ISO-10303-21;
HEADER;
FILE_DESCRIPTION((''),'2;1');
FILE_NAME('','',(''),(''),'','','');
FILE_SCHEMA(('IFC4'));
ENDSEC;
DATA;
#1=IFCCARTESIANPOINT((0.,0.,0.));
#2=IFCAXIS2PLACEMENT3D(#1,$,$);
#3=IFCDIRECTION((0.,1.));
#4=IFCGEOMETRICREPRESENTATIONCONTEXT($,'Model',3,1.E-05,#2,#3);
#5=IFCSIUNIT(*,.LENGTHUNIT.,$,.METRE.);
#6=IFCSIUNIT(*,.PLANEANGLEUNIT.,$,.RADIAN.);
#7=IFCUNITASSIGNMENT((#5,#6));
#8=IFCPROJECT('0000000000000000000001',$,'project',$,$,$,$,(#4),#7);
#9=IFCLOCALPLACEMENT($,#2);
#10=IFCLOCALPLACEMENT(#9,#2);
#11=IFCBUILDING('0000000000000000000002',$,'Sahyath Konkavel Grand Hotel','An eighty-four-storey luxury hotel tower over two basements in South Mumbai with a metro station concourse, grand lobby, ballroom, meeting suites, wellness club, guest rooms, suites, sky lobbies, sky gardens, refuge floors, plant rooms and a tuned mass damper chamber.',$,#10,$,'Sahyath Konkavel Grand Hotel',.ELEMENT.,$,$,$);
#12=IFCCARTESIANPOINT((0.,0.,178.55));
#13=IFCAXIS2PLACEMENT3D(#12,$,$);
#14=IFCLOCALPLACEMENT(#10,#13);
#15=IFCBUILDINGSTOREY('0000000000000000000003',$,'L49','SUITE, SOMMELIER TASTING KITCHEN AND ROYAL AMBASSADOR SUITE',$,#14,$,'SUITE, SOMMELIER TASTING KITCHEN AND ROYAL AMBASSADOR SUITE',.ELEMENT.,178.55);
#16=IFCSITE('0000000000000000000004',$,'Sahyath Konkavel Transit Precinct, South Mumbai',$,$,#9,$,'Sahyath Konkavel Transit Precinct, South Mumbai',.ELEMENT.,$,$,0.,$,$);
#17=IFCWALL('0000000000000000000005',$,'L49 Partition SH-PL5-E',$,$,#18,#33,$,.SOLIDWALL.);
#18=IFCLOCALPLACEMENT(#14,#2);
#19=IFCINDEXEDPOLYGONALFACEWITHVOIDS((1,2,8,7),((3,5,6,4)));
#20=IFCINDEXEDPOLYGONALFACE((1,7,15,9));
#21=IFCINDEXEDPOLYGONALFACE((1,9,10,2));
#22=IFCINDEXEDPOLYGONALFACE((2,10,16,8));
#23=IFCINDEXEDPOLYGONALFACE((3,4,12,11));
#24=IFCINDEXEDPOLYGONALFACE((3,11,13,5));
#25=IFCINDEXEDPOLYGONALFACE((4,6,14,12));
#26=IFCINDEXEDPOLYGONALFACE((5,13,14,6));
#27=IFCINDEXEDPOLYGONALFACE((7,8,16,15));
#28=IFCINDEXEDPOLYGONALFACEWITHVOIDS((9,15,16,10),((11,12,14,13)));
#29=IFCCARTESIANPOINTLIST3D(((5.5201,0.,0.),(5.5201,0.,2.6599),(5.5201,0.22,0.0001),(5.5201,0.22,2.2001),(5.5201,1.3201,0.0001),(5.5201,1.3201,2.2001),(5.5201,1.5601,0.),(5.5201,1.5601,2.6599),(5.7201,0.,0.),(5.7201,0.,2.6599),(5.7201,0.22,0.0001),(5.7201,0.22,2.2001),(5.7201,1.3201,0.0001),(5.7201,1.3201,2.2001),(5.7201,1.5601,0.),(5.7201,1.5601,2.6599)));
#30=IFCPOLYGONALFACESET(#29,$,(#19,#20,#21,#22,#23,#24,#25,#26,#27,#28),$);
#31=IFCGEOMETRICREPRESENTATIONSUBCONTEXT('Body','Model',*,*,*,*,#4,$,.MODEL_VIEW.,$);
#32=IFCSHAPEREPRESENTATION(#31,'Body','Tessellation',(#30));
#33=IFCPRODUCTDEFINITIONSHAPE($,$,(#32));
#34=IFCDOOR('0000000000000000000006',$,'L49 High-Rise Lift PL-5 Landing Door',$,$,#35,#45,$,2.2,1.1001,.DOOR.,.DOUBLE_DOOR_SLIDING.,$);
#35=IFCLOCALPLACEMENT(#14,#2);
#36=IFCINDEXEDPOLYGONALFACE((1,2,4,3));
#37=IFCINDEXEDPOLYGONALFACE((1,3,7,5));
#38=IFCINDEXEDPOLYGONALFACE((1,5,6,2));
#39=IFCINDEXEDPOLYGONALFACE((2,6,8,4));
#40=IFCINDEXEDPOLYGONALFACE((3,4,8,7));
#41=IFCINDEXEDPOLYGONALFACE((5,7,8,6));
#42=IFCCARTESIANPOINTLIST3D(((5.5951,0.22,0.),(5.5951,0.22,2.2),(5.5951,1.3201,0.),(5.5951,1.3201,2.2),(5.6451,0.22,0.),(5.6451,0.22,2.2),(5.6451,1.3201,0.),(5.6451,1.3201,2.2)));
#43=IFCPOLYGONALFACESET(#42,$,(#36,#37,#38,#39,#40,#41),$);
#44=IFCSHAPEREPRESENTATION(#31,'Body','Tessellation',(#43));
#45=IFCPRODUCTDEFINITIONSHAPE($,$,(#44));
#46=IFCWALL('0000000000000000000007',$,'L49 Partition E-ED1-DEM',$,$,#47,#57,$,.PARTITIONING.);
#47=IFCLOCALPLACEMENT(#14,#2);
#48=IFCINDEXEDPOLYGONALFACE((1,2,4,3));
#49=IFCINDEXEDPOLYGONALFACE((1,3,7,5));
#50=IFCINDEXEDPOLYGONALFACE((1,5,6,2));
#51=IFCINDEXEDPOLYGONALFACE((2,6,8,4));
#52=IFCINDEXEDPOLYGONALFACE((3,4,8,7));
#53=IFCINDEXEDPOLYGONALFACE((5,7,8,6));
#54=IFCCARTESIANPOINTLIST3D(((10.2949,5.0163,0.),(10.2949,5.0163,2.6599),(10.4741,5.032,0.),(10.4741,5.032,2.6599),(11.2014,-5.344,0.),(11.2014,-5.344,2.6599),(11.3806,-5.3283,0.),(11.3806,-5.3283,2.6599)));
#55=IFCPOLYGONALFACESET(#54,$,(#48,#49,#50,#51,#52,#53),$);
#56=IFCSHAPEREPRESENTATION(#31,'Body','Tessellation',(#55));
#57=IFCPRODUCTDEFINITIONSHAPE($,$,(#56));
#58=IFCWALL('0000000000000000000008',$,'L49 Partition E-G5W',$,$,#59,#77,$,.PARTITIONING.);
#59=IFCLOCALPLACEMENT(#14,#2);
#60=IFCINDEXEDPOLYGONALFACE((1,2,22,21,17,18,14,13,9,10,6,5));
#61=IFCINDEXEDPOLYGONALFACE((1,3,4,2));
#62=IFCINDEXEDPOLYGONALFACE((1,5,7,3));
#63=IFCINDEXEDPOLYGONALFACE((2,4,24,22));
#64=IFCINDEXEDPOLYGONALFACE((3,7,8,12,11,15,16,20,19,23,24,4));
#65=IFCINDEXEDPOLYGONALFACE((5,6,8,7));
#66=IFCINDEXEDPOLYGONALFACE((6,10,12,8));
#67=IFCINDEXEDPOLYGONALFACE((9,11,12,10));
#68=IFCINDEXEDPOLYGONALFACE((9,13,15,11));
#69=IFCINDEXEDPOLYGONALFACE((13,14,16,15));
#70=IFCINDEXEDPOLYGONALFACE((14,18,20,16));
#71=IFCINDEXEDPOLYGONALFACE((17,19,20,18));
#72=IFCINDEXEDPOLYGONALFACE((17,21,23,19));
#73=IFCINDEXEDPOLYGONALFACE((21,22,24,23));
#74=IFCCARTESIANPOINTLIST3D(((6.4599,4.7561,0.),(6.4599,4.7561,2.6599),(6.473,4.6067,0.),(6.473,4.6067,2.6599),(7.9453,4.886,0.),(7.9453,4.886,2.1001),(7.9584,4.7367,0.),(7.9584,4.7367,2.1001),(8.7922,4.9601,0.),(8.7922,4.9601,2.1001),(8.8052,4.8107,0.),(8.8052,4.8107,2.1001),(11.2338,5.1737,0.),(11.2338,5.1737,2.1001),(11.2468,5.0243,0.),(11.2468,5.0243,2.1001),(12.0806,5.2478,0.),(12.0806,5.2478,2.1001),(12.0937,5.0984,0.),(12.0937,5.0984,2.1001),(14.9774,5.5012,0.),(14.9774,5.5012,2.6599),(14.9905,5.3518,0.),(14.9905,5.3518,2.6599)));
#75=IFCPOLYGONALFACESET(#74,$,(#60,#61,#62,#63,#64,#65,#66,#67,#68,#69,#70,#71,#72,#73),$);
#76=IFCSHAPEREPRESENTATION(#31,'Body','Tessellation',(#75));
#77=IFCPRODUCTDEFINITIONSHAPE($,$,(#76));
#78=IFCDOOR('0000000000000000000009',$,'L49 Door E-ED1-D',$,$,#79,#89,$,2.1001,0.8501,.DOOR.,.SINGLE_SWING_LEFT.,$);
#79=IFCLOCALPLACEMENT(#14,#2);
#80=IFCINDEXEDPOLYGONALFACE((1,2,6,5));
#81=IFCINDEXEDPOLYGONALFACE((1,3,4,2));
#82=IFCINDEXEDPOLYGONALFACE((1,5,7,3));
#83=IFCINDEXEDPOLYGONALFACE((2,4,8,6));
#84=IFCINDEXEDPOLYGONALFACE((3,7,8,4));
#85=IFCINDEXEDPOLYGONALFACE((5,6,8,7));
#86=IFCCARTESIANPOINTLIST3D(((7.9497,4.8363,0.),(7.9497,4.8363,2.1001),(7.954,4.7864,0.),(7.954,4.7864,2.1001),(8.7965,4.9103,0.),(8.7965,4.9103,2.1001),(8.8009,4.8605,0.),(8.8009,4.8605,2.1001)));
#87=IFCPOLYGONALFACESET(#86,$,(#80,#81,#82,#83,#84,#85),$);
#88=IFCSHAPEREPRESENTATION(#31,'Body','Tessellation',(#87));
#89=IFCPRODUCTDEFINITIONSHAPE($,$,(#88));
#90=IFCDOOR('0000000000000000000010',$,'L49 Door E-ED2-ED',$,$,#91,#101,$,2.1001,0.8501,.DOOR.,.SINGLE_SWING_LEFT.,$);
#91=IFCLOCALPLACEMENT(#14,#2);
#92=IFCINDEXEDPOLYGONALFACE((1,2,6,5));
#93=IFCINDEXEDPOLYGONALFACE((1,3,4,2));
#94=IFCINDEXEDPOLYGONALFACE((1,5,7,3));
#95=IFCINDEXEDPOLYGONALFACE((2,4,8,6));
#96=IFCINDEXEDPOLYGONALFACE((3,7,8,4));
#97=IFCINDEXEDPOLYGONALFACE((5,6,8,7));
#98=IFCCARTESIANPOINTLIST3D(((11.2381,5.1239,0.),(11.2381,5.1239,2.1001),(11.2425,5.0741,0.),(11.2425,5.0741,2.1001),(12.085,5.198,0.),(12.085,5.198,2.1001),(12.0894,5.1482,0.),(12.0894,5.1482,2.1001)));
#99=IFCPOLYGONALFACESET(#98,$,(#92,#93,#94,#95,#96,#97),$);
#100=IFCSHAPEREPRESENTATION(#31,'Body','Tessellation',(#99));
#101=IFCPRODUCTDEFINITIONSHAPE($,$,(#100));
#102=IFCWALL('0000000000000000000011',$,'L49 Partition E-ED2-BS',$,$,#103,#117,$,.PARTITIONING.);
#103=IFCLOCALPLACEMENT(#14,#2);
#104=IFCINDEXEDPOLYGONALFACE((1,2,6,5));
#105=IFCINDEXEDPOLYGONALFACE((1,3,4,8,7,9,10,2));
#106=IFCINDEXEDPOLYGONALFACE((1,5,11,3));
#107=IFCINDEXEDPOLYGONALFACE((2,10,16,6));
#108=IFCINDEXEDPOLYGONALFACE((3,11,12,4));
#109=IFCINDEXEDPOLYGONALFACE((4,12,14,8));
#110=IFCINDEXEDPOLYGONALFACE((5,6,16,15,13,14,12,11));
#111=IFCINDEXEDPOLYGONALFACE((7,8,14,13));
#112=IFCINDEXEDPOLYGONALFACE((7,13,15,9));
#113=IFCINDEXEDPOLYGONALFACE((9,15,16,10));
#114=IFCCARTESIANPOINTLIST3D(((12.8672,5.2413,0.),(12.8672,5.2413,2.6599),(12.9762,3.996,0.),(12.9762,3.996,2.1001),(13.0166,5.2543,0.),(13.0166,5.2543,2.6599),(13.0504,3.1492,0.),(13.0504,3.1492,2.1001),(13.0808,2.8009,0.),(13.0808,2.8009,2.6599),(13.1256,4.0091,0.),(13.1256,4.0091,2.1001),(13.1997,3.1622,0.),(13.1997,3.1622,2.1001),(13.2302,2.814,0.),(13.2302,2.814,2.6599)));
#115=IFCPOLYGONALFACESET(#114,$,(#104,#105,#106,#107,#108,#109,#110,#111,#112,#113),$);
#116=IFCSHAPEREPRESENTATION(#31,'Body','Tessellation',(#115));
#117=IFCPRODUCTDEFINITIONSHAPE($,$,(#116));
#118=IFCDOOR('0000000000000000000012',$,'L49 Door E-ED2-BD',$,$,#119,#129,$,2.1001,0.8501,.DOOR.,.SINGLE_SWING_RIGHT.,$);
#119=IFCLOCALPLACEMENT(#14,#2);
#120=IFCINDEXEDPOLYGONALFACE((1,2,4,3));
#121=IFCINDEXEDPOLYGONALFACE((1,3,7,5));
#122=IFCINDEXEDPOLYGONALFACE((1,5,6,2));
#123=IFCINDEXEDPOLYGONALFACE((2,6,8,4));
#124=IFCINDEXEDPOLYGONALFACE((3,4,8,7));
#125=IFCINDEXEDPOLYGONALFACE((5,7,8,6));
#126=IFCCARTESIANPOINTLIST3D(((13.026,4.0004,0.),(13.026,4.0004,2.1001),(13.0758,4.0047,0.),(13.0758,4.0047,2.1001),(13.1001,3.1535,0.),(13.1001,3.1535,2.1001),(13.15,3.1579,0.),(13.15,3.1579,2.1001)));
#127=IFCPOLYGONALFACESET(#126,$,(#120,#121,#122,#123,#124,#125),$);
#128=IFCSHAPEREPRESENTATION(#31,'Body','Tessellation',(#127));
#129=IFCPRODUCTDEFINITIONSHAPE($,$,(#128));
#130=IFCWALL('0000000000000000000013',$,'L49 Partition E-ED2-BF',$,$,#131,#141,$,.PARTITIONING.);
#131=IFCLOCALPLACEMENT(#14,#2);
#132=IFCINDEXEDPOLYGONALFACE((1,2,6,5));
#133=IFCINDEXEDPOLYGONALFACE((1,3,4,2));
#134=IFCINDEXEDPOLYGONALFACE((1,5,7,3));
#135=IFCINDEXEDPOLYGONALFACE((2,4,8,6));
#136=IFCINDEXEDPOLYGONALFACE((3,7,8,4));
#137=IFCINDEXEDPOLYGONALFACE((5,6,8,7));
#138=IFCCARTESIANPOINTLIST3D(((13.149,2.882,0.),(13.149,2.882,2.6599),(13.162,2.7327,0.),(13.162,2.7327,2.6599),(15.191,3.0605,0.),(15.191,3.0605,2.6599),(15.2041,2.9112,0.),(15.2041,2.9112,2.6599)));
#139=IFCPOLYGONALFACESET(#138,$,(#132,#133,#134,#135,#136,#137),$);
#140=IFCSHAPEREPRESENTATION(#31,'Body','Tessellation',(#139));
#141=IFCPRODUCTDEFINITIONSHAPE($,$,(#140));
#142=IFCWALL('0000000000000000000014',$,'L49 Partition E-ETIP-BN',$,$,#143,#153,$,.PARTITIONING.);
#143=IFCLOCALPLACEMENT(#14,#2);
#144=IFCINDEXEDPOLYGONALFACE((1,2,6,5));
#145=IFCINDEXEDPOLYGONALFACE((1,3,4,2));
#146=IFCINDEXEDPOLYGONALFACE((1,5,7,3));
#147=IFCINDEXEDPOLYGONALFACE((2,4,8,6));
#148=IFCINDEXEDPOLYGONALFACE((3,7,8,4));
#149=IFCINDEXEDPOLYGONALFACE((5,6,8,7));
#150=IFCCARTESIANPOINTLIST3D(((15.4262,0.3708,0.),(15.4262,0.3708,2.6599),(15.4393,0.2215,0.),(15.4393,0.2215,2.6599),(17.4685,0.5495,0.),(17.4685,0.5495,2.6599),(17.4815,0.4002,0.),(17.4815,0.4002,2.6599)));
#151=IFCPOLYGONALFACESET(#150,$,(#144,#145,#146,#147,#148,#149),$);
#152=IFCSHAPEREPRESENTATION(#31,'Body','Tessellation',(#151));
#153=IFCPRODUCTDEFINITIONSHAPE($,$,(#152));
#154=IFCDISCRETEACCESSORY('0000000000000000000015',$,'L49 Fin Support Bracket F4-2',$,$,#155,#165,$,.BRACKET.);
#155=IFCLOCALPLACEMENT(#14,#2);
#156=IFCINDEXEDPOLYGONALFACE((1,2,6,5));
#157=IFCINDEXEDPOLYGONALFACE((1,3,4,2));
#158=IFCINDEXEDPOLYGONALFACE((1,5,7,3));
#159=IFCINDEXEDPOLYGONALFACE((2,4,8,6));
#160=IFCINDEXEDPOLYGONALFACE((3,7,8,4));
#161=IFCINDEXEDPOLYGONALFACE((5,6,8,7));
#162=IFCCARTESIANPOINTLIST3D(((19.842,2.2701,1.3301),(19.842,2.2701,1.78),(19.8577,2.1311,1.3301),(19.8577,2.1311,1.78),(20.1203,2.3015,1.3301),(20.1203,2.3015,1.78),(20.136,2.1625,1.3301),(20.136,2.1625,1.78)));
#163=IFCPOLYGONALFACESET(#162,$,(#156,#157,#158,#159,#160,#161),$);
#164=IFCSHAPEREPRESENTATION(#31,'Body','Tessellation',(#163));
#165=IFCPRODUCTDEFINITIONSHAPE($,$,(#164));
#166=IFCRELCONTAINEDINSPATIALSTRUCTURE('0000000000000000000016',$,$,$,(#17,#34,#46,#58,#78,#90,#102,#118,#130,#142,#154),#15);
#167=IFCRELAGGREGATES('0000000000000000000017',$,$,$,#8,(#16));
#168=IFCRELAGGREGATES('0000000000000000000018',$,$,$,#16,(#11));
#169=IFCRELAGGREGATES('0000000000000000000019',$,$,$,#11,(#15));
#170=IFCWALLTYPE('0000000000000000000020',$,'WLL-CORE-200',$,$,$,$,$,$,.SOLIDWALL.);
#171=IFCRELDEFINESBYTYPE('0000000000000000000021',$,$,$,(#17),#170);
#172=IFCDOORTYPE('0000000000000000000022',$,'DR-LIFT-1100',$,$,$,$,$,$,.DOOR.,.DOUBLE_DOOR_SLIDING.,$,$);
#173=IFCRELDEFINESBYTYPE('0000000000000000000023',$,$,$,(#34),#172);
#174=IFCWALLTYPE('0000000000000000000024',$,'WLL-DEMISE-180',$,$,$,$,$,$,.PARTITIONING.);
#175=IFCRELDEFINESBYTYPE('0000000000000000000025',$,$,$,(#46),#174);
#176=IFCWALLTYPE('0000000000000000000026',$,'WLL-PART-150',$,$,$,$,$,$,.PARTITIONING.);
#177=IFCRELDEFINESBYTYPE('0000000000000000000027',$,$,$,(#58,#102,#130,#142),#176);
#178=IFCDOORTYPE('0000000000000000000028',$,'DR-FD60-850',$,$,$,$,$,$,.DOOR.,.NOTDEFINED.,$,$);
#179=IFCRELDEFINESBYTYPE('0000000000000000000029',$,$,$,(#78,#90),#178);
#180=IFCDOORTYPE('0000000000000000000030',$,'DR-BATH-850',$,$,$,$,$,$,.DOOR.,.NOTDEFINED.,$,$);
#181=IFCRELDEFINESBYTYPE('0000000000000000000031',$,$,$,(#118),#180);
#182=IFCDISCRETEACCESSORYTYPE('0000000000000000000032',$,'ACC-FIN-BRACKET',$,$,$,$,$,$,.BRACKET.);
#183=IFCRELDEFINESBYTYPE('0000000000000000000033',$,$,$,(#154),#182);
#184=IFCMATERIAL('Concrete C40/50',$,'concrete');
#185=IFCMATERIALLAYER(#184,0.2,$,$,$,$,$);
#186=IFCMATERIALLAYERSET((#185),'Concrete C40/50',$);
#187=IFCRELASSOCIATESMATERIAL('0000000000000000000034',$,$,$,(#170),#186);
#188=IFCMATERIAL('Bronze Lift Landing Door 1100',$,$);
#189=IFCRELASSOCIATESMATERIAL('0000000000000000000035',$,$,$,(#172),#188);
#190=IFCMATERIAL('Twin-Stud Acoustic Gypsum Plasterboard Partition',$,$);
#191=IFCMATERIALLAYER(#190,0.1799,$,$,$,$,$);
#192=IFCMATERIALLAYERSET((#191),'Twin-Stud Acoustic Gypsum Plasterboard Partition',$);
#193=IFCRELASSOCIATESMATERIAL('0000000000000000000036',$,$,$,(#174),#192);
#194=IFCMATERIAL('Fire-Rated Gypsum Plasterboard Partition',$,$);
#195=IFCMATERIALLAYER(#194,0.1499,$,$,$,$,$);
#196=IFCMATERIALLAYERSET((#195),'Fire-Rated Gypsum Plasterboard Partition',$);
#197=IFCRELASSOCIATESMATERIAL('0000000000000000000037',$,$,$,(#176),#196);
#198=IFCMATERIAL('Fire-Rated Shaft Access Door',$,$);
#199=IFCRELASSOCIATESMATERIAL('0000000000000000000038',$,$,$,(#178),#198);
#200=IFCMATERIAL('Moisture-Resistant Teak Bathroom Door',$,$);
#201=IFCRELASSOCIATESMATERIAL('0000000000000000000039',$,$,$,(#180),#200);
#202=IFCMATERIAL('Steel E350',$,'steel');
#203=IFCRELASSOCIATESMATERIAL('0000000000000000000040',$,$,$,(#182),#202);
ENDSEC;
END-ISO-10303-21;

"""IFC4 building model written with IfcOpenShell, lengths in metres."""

from ifc_helpers import new_model, si_unit, direction, frame, frame_2d, origin, origin_2d, place, context, subcontext, project, spatial, rectangle, extrude, source, transform, mapped, material, layer, layer_set, type_object, element, fill, save


model = new_model("IFC4")

# Units and contexts
model_context = context("Model", 3, precision=1e-05, world=origin(), true_north=direction((0.0, 1.0)))
body_context = subcontext(model_context, "Body", "Model", "MODEL_VIEW")
ifc_project = project(units=[si_unit("LENGTHUNIT", "METRE"), si_unit("PLANEANGLEUNIT", "RADIAN")], contexts=[model_context])

# Site, building, storey
site_placement = place(None, origin())
site = spatial("IfcSite", under=ifc_project, at=site_placement, Name="Sahyath Konkavel Transit Precinct, South Mumbai", LongName="Sahyath Konkavel Transit Precinct, South Mumbai", CompositionType="ELEMENT", RefElevation=0.0)
building_placement = place(site_placement, origin())
building = spatial("IfcBuilding", under=site, at=building_placement, Name="Sahyath Konkavel Grand Hotel", Description="An eighty-four-storey luxury hotel tower over two basements in South Mumbai with a metro station concourse, grand lobby, ballroom, meeting suites, wellness club, guest rooms, suites, sky lobbies, sky gardens, refuge floors, plant rooms and a tuned mass damper chamber.", LongName="Sahyath Konkavel Grand Hotel", CompositionType="ELEMENT")
storey_placement = place(building_placement, frame((0.0, 0.0, 178.55)))
storey = spatial("IfcBuildingStorey", under=building, at=storey_placement, Name="L49", Description="SUITE, SOMMELIER TASTING KITCHEN AND ROYAL AMBASSADOR SUITE", LongName="SUITE, SOMMELIER TASTING KITCHEN AND ROYAL AMBASSADOR SUITE", CompositionType="ELEMENT", Elevation=178.55)

# Shared definitions
ifc_material_1 = material(Name="Concrete C40/50", Category="concrete")

# Shared definitions
ifc_material_2 = material(Name="Steel E350", Category="steel")

# Wall, opening, door
ifc_layer_1 = layer(ifc_material_1, 0.2)
ifc_layer_set_1 = layer_set([ifc_layer_1], Name="Concrete C40/50")
wall_type_1 = type_object("IfcWallType", Name="WLL-CORE-200", PredefinedType="SOLIDWALL", material=ifc_layer_set_1)
wall_1_placement = place(storey_placement, frame((5.6201, 0.0, 0.0), z_axis=(0.0, 0.0, 1.0), x_axis=(0.0, 1.0, 0.0)))
wall_1 = element("IfcWall", 1, at=wall_1_placement, inside=storey, type_object=wall_type_1, Name="L49 Partition SH-PL5-E", PredefinedType="SOLIDWALL", context=body_context, shape_type="SweptSolid", body=[
    extrude(rectangle(XDim=1.5601, YDim=0.2, at=frame_2d((0.78, 0.0))), origin(), (0.0, 0.0, 1.0), 2.6599),
])
opening_1_placement = place(wall_1_placement, frame((0.22, 0.0, 0.0)))
opening_1 = element("IfcOpeningElement", 2, at=opening_1_placement, cuts=wall_1, PredefinedType="OPENING", context=body_context, shape_type="SweptSolid", body=[
    extrude(rectangle(XDim=1.1001, YDim=2.2, at=frame_2d((0.55, 1.1001))), frame((0.0, 0.1099, 0.0), z_axis=(0.0, -1.0, 0.0), x_axis=(1.0, 0.0, 0.0)), (0.0, 0.0, 1.0), 0.22),
])
ifc_material_3 = material(Name="Bronze Lift Landing Door 1100")
door_type_1 = type_object("IfcDoorType", Name="DR-LIFT-1100", OperationType="DOUBLE_DOOR_SLIDING", PredefinedType="DOOR", material=ifc_material_3)
shared_shape_1 = source(origin(), body_context, "Body", "SweptSolid", [
    extrude(rectangle(XDim=1.1001, YDim=0.05, at=origin_2d()), origin(), (0.0, 0.0, 1.0), 2.2),
])
door_1_placement = place(opening_1_placement, frame((0.55, 0.0, 0.0)))
door_1 = element("IfcDoor", 3, at=door_1_placement, inside=storey, type_object=door_type_1, Name="L49 High-Rise Lift PL-5 Landing Door", OperationType="DOUBLE_DOOR_SLIDING", OverallHeight=2.2, OverallWidth=1.1001, PredefinedType="DOOR", context=body_context, shape_type="MappedRepresentation", body=[
    mapped(shared_shape_1, transform((0.0, 0.0, 0.0), scale=1.0)),
])
fill(opening_1, door_1)

# Wall
ifc_material_4 = material(Name="Twin-Stud Acoustic Gypsum Plasterboard Partition")
ifc_layer_2 = layer(ifc_material_4, 0.1799)
ifc_layer_set_2 = layer_set([ifc_layer_2], Name="Twin-Stud Acoustic Gypsum Plasterboard Partition")
wall_type_2 = type_object("IfcWallType", Name="WLL-DEMISE-180", PredefinedType="PARTITIONING", material=ifc_layer_set_2)
wall_2_placement = place(storey_placement, frame((10.3845, 5.0242, 0.0), z_axis=(0.0, 0.0, 1.0), x_axis=(0.087163, -0.996194, 0.0)))
element("IfcWall", 4, at=wall_2_placement, inside=storey, type_object=wall_type_2, Name="L49 Partition E-ED1-DEM", PredefinedType="PARTITIONING", context=body_context, shape_type="SweptSolid", body=[
    extrude(rectangle(XDim=10.3999, YDim=0.1799, at=frame_2d((5.2, 0.0))), origin(), (0.0, 0.0, 1.0), 2.6599),
])

# Wall, openings, doors
ifc_material_5 = material(Name="Fire-Rated Gypsum Plasterboard Partition")
ifc_layer_3 = layer(ifc_material_5, 0.1499)
ifc_layer_set_3 = layer_set([ifc_layer_3], Name="Fire-Rated Gypsum Plasterboard Partition")
wall_type_3 = type_object("IfcWallType", Name="WLL-PART-150", PredefinedType="PARTITIONING", material=ifc_layer_set_3)
wall_3_placement = place(storey_placement, frame((6.4666, 4.6814, 0.0), z_axis=(0.0, 0.0, 1.0), x_axis=(0.996195, 0.087147, 0.0)))
wall_3 = element("IfcWall", 5, at=wall_3_placement, inside=storey, type_object=wall_type_3, Name="L49 Partition E-G5W", PredefinedType="PARTITIONING", context=body_context, shape_type="SweptSolid", body=[
    extrude(rectangle(XDim=8.55, YDim=0.1499, at=frame_2d((4.2749, 0.0))), origin(), (0.0, 0.0, 1.0), 2.6599),
])
opening_2_placement = place(wall_3_placement, frame((1.491, 0.0, 0.0)))
opening_2 = element("IfcOpeningElement", 6, at=opening_2_placement, cuts=wall_3, PredefinedType="OPENING", context=body_context, shape_type="SweptSolid", body=[
    extrude(rectangle(XDim=0.8501, YDim=2.1001, at=frame_2d((0.425, 1.05))), frame((0.0, 0.085, 0.0), z_axis=(0.0, -1.0, 0.0), x_axis=(1.0, 0.0, 0.0)), (0.0, 0.0, 1.0), 0.1699),
])
opening_3_placement = place(wall_3_placement, frame((4.792, 0.0, 0.0)))
opening_3 = element("IfcOpeningElement", 7, at=opening_3_placement, cuts=wall_3, PredefinedType="OPENING", context=body_context, shape_type="SweptSolid", body=[
    extrude(rectangle(XDim=0.8501, YDim=2.1001, at=frame_2d((0.425, 1.05))), frame((0.0, 0.085, 0.0), z_axis=(0.0, -1.0, 0.0), x_axis=(1.0, 0.0, 0.0)), (0.0, 0.0, 1.0), 0.1699),
])
ifc_material_6 = material(Name="Fire-Rated Shaft Access Door")
door_type_2 = type_object("IfcDoorType", Name="DR-FD60-850", OperationType="NOTDEFINED", PredefinedType="DOOR", material=ifc_material_6)
shared_shape_2 = source(origin(), body_context, "Body", "SweptSolid", [
    extrude(rectangle(XDim=0.8501, YDim=0.05, at=origin_2d()), origin(), (0.0, 0.0, 1.0), 2.1001),
])
door_2_placement = place(opening_2_placement, frame((0.425, 0.0, 0.0)))
door_2 = element("IfcDoor", 8, at=door_2_placement, inside=storey, type_object=door_type_2, Name="L49 Door E-ED1-D", OperationType="SINGLE_SWING_LEFT", OverallHeight=2.1001, OverallWidth=0.8501, PredefinedType="DOOR", context=body_context, shape_type="MappedRepresentation", body=[
    mapped(shared_shape_2, transform((0.0, 0.0, 0.0), scale=1.0)),
])
fill(opening_2, door_2)
door_3_placement = place(opening_3_placement, frame((0.425, 0.0, 0.0)))
door_3 = element("IfcDoor", 9, at=door_3_placement, inside=storey, type_object=door_type_2, Name="L49 Door E-ED2-ED", OperationType="SINGLE_SWING_LEFT", OverallHeight=2.1001, OverallWidth=0.8501, PredefinedType="DOOR", context=body_context, shape_type="MappedRepresentation", body=[
    mapped(shared_shape_2, transform((0.0, 0.0, 0.0), scale=1.0)),
])
fill(opening_3, door_3)

# Wall, opening, door
wall_4_placement = place(storey_placement, frame((12.9419, 5.2478, 0.0), z_axis=(0.0, 0.0, 1.0), x_axis=(0.087202, -0.996191, 0.0)))
wall_4 = element("IfcWall", 10, at=wall_4_placement, inside=storey, type_object=wall_type_3, Name="L49 Partition E-ED2-BS", PredefinedType="PARTITIONING", context=body_context, shape_type="SweptSolid", body=[
    extrude(rectangle(XDim=2.4497, YDim=0.1499, at=frame_2d((1.2249, 0.0))), origin(), (0.0, 0.0, 1.0), 2.6599),
])
opening_4_placement = place(wall_4_placement, frame((1.25, 0.0, 0.0)))
opening_4 = element("IfcOpeningElement", 11, at=opening_4_placement, cuts=wall_4, PredefinedType="OPENING", context=body_context, shape_type="SweptSolid", body=[
    extrude(rectangle(XDim=0.8501, YDim=2.1001, at=frame_2d((0.425, 1.05))), frame((0.0, 0.085, 0.0), z_axis=(0.0, -1.0, 0.0), x_axis=(1.0, 0.0, 0.0)), (0.0, 0.0, 1.0), 0.1699),
])
ifc_material_7 = material(Name="Moisture-Resistant Teak Bathroom Door")
door_type_3 = type_object("IfcDoorType", Name="DR-BATH-850", OperationType="NOTDEFINED", PredefinedType="DOOR", material=ifc_material_7)
door_4_placement = place(opening_4_placement, frame((0.425, 0.0, 0.0)))
door_4 = element("IfcDoor", 12, at=door_4_placement, inside=storey, type_object=door_type_3, Name="L49 Door E-ED2-BD", OperationType="SINGLE_SWING_RIGHT", OverallHeight=2.1001, OverallWidth=0.8501, PredefinedType="DOOR", context=body_context, shape_type="MappedRepresentation", body=[
    mapped(shared_shape_2, transform((0.0, 0.0, 0.0), scale=1.0)),
])
fill(opening_4, door_4)

# Walls
wall_5_placement = place(storey_placement, frame((13.1555, 2.8074, 0.0), z_axis=(0.0, 0.0, 1.0), x_axis=(0.996203, 0.087066, 0.0)))
element("IfcWall", 13, at=wall_5_placement, inside=storey, type_object=wall_type_3, Name="L49 Partition E-ED2-BF", PredefinedType="PARTITIONING", context=body_context, shape_type="SweptSolid", body=[
    extrude(rectangle(XDim=2.0498, YDim=0.1499, at=frame_2d((1.0249, 0.0))), origin(), (0.0, 0.0, 1.0), 2.6599),
])
wall_6_placement = place(storey_placement, frame((15.4329, 0.2961, 0.0), z_axis=(0.0, 0.0, 1.0), x_axis=(0.996193, 0.087174, 0.0)))
element("IfcWall", 14, at=wall_6_placement, inside=storey, type_object=wall_type_3, Name="L49 Partition E-ETIP-BN", PredefinedType="PARTITIONING", context=body_context, shape_type="SweptSolid", body=[
    extrude(rectangle(XDim=2.05, YDim=0.1499, at=frame_2d((1.0249, 0.0))), origin(), (0.0, 0.0, 1.0), 2.6599),
])

# Discrete accessory
discrete_accessory_type = type_object("IfcDiscreteAccessoryType", Name="ACC-FIN-BRACKET", PredefinedType="BRACKET", material=ifc_material_2)
shared_shape_3 = source(origin(), body_context, "Body", "SweptSolid", [
    extrude(rectangle(XDim=0.28, YDim=0.1399, at=origin_2d()), origin(), (0.0, 0.0, 1.0), 0.45),
])
discrete_accessory_placement = place(storey_placement, frame((19.989, 2.2163, 1.3301), z_axis=(0.0, 0.0, 1.0), x_axis=(0.993709, 0.111989, 0.0)))
element("IfcDiscreteAccessory", 15, at=discrete_accessory_placement, inside=storey, type_object=discrete_accessory_type, Name="L49 Fin Support Bracket F4-2", PredefinedType="BRACKET", context=body_context, shape_type="MappedRepresentation", body=[
    mapped(shared_shape_3, transform((0.0, 0.0, 0.0), scale=1.0)),
])

save(model, "model.ifc")
